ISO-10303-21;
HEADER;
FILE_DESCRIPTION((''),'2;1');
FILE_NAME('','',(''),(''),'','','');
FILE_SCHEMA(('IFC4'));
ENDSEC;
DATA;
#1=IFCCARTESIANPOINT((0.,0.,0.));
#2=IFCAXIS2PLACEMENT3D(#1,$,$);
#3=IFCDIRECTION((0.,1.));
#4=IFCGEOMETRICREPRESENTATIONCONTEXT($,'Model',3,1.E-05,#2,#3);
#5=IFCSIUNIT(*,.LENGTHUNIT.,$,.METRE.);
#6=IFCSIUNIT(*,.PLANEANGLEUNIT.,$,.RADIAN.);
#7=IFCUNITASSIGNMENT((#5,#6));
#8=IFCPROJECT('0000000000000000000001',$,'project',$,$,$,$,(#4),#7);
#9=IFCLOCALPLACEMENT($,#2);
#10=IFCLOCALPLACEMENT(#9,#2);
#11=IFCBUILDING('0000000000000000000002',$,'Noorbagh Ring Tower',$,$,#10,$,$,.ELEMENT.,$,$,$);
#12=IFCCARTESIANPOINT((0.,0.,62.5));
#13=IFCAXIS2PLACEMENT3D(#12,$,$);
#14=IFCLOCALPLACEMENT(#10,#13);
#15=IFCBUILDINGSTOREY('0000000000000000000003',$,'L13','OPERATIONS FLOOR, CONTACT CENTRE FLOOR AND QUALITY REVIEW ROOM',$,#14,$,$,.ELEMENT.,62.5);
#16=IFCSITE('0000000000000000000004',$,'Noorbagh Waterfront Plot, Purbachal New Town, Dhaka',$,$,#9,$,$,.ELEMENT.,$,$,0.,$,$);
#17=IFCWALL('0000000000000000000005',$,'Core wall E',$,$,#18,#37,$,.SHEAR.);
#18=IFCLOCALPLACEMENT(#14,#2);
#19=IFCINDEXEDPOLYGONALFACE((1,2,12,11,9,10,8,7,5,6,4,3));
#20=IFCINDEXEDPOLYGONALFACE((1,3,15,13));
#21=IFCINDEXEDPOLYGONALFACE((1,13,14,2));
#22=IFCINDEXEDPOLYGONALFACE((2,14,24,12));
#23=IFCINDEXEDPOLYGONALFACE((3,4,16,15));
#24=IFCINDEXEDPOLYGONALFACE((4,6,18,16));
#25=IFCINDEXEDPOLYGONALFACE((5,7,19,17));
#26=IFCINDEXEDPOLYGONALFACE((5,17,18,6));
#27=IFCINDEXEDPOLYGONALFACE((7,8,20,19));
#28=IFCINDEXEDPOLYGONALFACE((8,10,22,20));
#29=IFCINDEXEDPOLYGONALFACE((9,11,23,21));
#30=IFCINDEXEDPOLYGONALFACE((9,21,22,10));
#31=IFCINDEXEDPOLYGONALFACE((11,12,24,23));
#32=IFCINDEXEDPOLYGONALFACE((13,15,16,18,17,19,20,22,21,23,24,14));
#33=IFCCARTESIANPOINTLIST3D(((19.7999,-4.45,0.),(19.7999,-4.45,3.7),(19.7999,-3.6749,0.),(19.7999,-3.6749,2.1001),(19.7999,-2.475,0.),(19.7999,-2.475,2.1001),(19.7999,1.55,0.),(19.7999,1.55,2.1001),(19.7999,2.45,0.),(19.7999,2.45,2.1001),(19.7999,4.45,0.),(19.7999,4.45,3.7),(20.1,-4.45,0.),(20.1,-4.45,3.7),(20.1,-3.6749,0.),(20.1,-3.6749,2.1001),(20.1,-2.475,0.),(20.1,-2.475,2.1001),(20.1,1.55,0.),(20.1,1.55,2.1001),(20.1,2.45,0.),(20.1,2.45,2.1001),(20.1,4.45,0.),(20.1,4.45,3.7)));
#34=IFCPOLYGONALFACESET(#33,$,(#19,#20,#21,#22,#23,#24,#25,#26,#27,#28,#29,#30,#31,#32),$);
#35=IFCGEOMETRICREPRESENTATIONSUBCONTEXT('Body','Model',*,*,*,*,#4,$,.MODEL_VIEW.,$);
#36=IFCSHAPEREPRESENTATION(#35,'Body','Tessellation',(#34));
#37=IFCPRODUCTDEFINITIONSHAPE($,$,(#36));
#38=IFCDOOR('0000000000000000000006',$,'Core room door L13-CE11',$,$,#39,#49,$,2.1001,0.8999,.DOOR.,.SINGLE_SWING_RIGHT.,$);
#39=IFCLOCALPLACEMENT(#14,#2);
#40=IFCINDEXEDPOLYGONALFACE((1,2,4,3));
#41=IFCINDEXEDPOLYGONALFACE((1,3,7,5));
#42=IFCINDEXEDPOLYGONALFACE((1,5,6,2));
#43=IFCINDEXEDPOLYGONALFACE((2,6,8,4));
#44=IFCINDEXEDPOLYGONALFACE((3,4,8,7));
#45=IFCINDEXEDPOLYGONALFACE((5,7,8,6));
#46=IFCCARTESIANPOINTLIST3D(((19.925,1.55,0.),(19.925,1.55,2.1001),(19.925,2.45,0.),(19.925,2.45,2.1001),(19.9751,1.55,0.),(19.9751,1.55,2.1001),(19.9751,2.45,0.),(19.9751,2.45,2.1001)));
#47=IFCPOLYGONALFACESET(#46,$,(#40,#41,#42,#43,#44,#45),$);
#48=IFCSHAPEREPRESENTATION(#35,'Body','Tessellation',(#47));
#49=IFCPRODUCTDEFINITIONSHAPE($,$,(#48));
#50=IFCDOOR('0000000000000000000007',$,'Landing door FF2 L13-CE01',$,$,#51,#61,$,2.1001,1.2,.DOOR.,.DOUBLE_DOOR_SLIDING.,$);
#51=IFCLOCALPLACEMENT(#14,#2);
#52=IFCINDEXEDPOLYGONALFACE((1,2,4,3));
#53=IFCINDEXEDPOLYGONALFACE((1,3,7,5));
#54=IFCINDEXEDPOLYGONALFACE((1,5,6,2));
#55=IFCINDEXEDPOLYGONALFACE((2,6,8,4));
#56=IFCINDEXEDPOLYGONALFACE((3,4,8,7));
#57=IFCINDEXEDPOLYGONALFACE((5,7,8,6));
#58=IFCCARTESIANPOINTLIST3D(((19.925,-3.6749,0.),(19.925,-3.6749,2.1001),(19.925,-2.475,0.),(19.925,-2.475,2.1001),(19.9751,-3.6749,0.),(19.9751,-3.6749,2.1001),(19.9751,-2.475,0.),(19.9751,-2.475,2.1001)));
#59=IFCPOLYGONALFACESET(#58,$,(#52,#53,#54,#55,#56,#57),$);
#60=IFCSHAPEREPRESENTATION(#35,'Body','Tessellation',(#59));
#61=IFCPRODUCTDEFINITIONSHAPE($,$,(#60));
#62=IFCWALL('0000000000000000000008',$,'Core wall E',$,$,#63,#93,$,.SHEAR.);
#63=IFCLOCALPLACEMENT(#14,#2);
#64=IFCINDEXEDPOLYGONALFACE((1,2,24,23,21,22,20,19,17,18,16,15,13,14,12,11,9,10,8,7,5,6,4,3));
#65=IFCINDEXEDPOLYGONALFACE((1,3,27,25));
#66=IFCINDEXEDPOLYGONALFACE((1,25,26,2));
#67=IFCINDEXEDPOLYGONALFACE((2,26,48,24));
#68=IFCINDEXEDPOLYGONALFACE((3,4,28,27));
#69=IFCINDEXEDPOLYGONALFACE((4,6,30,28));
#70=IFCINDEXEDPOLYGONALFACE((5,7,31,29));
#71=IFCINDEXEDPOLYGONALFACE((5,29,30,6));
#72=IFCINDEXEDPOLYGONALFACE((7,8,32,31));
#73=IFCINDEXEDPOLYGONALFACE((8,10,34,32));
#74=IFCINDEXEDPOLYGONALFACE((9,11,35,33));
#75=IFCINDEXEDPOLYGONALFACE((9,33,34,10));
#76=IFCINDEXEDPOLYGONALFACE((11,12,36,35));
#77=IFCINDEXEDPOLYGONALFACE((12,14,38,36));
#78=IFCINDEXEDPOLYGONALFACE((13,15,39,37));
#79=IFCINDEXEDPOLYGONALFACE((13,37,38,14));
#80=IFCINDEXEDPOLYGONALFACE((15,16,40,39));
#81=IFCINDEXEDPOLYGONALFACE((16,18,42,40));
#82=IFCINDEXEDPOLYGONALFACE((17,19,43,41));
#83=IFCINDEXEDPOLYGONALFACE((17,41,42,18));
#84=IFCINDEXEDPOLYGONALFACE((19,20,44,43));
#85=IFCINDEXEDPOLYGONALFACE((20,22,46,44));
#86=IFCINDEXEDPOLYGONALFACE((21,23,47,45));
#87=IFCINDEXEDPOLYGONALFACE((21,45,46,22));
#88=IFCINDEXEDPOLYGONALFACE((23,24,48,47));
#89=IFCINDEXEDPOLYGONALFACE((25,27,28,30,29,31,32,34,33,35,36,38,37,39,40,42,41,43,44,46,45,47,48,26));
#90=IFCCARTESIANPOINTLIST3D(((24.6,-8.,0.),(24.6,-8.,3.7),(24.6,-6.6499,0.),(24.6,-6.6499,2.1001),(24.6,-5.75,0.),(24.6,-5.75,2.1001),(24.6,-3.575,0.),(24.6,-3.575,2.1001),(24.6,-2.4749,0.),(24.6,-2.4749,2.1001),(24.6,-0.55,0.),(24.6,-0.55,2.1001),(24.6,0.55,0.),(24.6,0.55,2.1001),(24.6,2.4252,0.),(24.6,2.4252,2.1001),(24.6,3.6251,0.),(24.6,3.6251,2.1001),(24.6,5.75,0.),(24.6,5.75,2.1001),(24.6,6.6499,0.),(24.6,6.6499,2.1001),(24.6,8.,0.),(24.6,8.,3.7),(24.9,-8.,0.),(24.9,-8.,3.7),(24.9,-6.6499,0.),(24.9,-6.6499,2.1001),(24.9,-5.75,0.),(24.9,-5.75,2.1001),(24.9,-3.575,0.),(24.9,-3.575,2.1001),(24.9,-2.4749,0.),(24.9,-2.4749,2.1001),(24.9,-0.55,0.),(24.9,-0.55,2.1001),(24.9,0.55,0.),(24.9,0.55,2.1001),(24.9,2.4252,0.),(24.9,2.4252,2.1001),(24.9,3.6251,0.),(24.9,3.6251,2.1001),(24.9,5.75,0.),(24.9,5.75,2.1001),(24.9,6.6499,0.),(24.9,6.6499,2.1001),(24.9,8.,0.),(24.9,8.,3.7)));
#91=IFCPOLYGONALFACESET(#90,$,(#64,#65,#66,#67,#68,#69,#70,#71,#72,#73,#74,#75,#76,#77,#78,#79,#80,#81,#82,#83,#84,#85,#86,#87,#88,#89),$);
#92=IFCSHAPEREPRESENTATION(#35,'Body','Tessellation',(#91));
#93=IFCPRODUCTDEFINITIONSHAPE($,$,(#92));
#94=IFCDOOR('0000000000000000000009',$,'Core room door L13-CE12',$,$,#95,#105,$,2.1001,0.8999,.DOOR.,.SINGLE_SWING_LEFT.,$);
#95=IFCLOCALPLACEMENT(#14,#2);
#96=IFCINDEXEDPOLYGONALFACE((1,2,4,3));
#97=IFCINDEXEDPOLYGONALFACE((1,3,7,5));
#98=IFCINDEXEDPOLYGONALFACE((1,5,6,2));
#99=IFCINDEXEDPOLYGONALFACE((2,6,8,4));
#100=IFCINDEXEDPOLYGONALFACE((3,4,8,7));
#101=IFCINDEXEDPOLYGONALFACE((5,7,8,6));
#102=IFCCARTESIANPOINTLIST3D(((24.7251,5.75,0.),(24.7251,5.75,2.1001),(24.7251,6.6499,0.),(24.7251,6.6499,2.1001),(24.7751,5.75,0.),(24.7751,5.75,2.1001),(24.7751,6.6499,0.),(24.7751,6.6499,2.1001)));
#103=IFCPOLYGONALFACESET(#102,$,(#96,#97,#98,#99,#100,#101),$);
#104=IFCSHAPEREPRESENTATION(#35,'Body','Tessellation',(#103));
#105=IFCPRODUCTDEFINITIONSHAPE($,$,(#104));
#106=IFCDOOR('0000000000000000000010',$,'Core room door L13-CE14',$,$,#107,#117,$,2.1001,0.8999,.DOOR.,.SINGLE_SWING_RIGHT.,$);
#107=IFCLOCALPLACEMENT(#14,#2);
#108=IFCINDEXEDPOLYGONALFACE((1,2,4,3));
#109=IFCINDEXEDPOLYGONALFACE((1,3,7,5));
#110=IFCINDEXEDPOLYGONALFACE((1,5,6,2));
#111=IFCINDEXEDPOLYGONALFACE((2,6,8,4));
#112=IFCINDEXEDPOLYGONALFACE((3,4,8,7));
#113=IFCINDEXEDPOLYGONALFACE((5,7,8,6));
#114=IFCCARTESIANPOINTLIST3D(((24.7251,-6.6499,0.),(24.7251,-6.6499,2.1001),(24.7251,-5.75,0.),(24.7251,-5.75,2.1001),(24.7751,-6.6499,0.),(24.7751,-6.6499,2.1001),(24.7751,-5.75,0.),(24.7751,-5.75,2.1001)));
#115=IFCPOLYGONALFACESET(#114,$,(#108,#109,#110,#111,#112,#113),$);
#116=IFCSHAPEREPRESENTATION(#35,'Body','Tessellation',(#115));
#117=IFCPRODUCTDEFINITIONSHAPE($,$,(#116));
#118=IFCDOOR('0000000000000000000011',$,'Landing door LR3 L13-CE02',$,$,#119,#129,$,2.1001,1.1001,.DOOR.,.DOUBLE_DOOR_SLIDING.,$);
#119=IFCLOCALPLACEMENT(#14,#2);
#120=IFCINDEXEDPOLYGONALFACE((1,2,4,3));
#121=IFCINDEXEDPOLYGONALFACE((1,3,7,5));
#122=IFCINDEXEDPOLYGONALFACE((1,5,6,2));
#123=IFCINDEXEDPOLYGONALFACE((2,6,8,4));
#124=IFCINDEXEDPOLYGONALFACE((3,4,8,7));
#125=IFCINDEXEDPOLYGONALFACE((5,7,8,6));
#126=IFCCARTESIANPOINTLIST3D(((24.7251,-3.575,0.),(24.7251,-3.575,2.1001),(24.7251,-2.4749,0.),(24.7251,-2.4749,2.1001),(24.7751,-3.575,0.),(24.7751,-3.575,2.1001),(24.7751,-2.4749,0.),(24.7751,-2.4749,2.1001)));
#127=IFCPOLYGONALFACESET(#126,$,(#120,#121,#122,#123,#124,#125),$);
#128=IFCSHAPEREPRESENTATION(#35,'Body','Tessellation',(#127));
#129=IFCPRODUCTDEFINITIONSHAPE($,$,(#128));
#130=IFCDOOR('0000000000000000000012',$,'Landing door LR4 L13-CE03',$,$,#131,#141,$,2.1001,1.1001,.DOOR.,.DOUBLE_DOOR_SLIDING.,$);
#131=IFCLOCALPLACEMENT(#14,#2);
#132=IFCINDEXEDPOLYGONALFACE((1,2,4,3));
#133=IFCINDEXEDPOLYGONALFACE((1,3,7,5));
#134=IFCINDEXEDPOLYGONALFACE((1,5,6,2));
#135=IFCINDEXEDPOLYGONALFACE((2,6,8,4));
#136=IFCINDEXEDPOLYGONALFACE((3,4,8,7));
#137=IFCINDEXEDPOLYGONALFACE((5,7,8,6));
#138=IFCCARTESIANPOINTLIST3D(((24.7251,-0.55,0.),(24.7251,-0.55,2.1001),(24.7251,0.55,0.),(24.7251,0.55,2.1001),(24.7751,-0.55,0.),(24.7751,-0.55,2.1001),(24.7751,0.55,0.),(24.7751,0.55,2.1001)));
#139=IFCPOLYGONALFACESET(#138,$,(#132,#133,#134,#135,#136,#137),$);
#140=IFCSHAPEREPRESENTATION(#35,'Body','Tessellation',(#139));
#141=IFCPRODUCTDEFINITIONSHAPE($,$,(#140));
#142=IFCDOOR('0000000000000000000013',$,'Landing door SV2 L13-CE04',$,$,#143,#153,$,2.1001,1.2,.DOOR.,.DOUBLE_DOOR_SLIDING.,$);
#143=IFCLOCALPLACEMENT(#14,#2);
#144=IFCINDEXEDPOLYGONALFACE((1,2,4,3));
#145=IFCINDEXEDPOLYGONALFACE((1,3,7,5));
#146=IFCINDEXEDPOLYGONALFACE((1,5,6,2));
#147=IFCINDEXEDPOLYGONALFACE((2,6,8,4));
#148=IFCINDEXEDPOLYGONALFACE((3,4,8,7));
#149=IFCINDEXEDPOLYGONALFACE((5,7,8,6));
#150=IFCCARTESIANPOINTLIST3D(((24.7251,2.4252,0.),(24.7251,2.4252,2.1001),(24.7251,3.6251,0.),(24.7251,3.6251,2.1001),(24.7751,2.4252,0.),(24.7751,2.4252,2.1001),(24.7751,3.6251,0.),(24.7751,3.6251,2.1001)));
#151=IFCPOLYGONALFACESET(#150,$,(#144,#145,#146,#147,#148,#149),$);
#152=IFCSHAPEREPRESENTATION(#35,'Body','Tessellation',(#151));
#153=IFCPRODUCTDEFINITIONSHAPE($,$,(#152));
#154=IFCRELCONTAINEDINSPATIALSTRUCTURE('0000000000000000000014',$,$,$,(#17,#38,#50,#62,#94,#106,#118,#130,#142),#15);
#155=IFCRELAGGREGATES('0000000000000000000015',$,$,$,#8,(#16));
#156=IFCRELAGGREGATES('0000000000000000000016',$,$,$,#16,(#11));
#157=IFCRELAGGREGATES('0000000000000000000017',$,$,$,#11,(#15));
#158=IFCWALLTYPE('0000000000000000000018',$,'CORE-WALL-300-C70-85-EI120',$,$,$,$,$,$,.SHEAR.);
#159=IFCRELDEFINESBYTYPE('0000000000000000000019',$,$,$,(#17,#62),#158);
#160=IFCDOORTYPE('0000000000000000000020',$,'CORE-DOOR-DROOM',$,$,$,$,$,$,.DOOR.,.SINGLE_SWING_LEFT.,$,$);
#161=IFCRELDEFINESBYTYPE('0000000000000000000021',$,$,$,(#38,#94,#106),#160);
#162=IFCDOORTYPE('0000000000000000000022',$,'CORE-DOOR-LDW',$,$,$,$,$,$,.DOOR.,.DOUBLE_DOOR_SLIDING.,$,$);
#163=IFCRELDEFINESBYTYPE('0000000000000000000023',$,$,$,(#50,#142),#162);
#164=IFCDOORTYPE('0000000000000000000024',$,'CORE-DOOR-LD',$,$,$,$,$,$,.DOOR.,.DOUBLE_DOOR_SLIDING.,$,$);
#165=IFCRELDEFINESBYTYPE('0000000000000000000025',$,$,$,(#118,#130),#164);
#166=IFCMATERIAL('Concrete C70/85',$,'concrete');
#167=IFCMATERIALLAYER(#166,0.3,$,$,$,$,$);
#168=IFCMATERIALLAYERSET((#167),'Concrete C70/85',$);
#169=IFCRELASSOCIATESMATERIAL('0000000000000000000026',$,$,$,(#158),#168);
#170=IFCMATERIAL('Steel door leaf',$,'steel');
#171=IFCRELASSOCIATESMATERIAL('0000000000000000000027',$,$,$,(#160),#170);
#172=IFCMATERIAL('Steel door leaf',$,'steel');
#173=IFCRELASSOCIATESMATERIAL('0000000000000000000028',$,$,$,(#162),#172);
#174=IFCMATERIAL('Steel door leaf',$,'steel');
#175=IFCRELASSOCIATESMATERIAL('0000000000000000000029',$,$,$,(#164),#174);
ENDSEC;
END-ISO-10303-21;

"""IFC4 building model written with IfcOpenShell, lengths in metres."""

from ifc_helpers import new_model, si_unit, direction, frame, frame_2d, origin, place, context, subcontext, project, spatial, rectangle, extrude, material, layer, layer_set, type_object, element, fill, save


model = new_model("IFC4")

# Units and contexts
model_context = context("Model", 3, precision=1e-05, world=origin(), true_north=direction((0.0, 1.0)))
body_context = subcontext(model_context, "Body", "Model", "MODEL_VIEW")
ifc_project = project(units=[si_unit("LENGTHUNIT", "METRE"), si_unit("PLANEANGLEUNIT", "RADIAN")], contexts=[model_context])

# Site, building, storey
site_placement = place(None, origin())
site = spatial("IfcSite", under=ifc_project, at=site_placement, Name="Noorbagh Waterfront Plot, Purbachal New Town, Dhaka", CompositionType="ELEMENT", RefElevation=0.0)
building_placement = place(site_placement, origin())
building = spatial("IfcBuilding", under=site, at=building_placement, Name="Noorbagh Ring Tower", CompositionType="ELEMENT")
storey_placement = place(building_placement, frame((0.0, 0.0, 62.5)))
storey = spatial("IfcBuildingStorey", under=building, at=storey_placement, Name="L13", Description="OPERATIONS FLOOR, CONTACT CENTRE FLOOR AND QUALITY REVIEW ROOM", CompositionType="ELEMENT", Elevation=62.5)

# Shared definitions
ifc_material_1 = material(Name="Concrete C70/85", Category="concrete")
ifc_layer_1 = layer(ifc_material_1, 0.3)
ifc_layer_set_1 = layer_set([ifc_layer_1], Name="Concrete C70/85")
wall_type_1 = type_object("IfcWallType", Name="CORE-WALL-300-C70-85-EI120", PredefinedType="SHEAR", material=ifc_layer_set_1)

# Walls, openings, doors
wall_1_placement = place(storey_placement, frame((19.95, -4.45, 0.0), z_axis=(0.0, 0.0, 1.0), x_axis=(0.0, 1.0, 0.0)))
wall_1 = element("IfcWall", 1, at=wall_1_placement, inside=storey, type_object=wall_type_1, Name="Core wall E", PredefinedType="SHEAR", context=body_context, shape_type="SweptSolid", body=[
    extrude(rectangle(XDim=8.8999, YDim=0.3, at=frame_2d((4.45, 0.0))), origin(), (0.0, 0.0, 1.0), 3.7),
])
opening_1_placement = place(wall_1_placement, frame((0.7749, 0.0, 0.0)))
opening_1 = element("IfcOpeningElement", 2, at=opening_1_placement, cuts=wall_1, PredefinedType="OPENING", context=body_context, shape_type="SweptSolid", body=[
    extrude(rectangle(XDim=1.2, YDim=2.1001, at=frame_2d((0.6001, 1.05))), frame((0.0, 0.1602, 0.0), z_axis=(0.0, -1.0, 0.0), x_axis=(1.0, 0.0, 0.0)), (0.0, 0.0, 1.0), 0.3201),
])
opening_2_placement = place(wall_1_placement, frame((6.0, 0.0, 0.0)))
opening_2 = element("IfcOpeningElement", 3, at=opening_2_placement, cuts=wall_1, PredefinedType="OPENING", context=body_context, shape_type="SweptSolid", body=[
    extrude(rectangle(XDim=0.8999, YDim=2.1001, at=frame_2d((0.45, 1.05))), frame((0.0, 0.1602, 0.0), z_axis=(0.0, -1.0, 0.0), x_axis=(1.0, 0.0, 0.0)), (0.0, 0.0, 1.0), 0.3201),
])
ifc_material_2 = material(Name="Steel door leaf", Category="steel")
door_type_1 = type_object("IfcDoorType", Name="CORE-DOOR-DROOM", OperationType="SINGLE_SWING_LEFT", PredefinedType="DOOR", material=ifc_material_2)
door_1_placement = place(opening_2_placement, origin())
door_1 = element("IfcDoor", 4, at=door_1_placement, inside=storey, type_object=door_type_1, Name="Core room door L13-CE11", OperationType="SINGLE_SWING_RIGHT", OverallHeight=2.1001, OverallWidth=0.8999, PredefinedType="DOOR", context=body_context, shape_type="SweptSolid", body=[
    extrude(rectangle(XDim=0.8999, YDim=2.1001, at=frame_2d((0.45, 1.05))), frame((0.0, 0.0249, 0.0), z_axis=(0.0, -1.0, 0.0), x_axis=(1.0, 0.0, 0.0)), (0.0, 0.0, 1.0), 0.05),
])
fill(opening_2, door_1)
ifc_material_3 = material(Name="Steel door leaf", Category="steel")
door_type_2 = type_object("IfcDoorType", Name="CORE-DOOR-LDW", OperationType="DOUBLE_DOOR_SLIDING", PredefinedType="DOOR", material=ifc_material_3)
door_2_placement = place(opening_1_placement, origin())
door_2 = element("IfcDoor", 5, at=door_2_placement, inside=storey, type_object=door_type_2, Name="Landing door FF2 L13-CE01", OperationType="DOUBLE_DOOR_SLIDING", OverallHeight=2.1001, OverallWidth=1.2, PredefinedType="DOOR", context=body_context, shape_type="SweptSolid", body=[
    extrude(rectangle(XDim=1.2, YDim=2.1001, at=frame_2d((0.6001, 1.05))), frame((0.0, 0.0249, 0.0), z_axis=(0.0, -1.0, 0.0), x_axis=(1.0, 0.0, 0.0)), (0.0, 0.0, 1.0), 0.05),
])
fill(opening_1, door_2)
wall_2_placement = place(storey_placement, frame((24.75, -8.0, 0.0), z_axis=(0.0, 0.0, 1.0), x_axis=(0.0, 1.0, 0.0)))
wall_2 = element("IfcWall", 6, at=wall_2_placement, inside=storey, type_object=wall_type_1, Name="Core wall E", PredefinedType="SHEAR", context=body_context, shape_type="SweptSolid", body=[
    extrude(rectangle(XDim=16.0, YDim=0.3, at=frame_2d((8.0, 0.0))), origin(), (0.0, 0.0, 1.0), 3.7),
])
opening_3_placement = place(wall_2_placement, frame((4.425, 0.0, 0.0)))
opening_3 = element("IfcOpeningElement", 7, at=opening_3_placement, cuts=wall_2, PredefinedType="OPENING", context=body_context, shape_type="SweptSolid", body=[
    extrude(rectangle(XDim=1.1001, YDim=2.1001, at=frame_2d((0.55, 1.05))), frame((0.0, 0.1602, 0.0), z_axis=(0.0, -1.0, 0.0), x_axis=(1.0, 0.0, 0.0)), (0.0, 0.0, 1.0), 0.3201),
])
opening_4_placement = place(wall_2_placement, frame((7.45, 0.0, 0.0)))
opening_4 = element("IfcOpeningElement", 8, at=opening_4_placement, cuts=wall_2, PredefinedType="OPENING", context=body_context, shape_type="SweptSolid", body=[
    extrude(rectangle(XDim=1.1001, YDim=2.1001, at=frame_2d((0.55, 1.05))), frame((0.0, 0.1602, 0.0), z_axis=(0.0, -1.0, 0.0), x_axis=(1.0, 0.0, 0.0)), (0.0, 0.0, 1.0), 0.3201),
])
opening_5_placement = place(wall_2_placement, frame((10.425, 0.0, 0.0)))
opening_5 = element("IfcOpeningElement", 9, at=opening_5_placement, cuts=wall_2, PredefinedType="OPENING", context=body_context, shape_type="SweptSolid", body=[
    extrude(rectangle(XDim=1.2, YDim=2.1001, at=frame_2d((0.6001, 1.05))), frame((0.0, 0.1602, 0.0), z_axis=(0.0, -1.0, 0.0), x_axis=(1.0, 0.0, 0.0)), (0.0, 0.0, 1.0), 0.3201),
])
opening_6_placement = place(wall_2_placement, frame((13.75, 0.0, 0.0)))
opening_6 = element("IfcOpeningElement", 10, at=opening_6_placement, cuts=wall_2, PredefinedType="OPENING", context=body_context, shape_type="SweptSolid", body=[
    extrude(rectangle(XDim=0.8999, YDim=2.1001, at=frame_2d((0.45, 1.05))), frame((0.0, 0.1602, 0.0), z_axis=(0.0, -1.0, 0.0), x_axis=(1.0, 0.0, 0.0)), (0.0, 0.0, 1.0), 0.3201),
])
opening_7_placement = place(wall_2_placement, frame((1.3501, 0.0, 0.0)))
opening_7 = element("IfcOpeningElement", 11, at=opening_7_placement, cuts=wall_2, PredefinedType="OPENING", context=body_context, shape_type="SweptSolid", body=[
    extrude(rectangle(XDim=0.8999, YDim=2.1001, at=frame_2d((0.45, 1.05))), frame((0.0, 0.1602, 0.0), z_axis=(0.0, -1.0, 0.0), x_axis=(1.0, 0.0, 0.0)), (0.0, 0.0, 1.0), 0.3201),
])
door_3_placement = place(opening_6_placement, origin())
door_3 = element("IfcDoor", 12, at=door_3_placement, inside=storey, type_object=door_type_1, Name="Core room door L13-CE12", OperationType="SINGLE_SWING_LEFT", OverallHeight=2.1001, OverallWidth=0.8999, PredefinedType="DOOR", context=body_context, shape_type="SweptSolid", body=[
    extrude(rectangle(XDim=0.8999, YDim=2.1001, at=frame_2d((0.45, 1.05))), frame((0.0, 0.0249, 0.0), z_axis=(0.0, -1.0, 0.0), x_axis=(1.0, 0.0, 0.0)), (0.0, 0.0, 1.0), 0.05),
])
fill(opening_6, door_3)
door_4_placement = place(opening_7_placement, origin())
door_4 = element("IfcDoor", 13, at=door_4_placement, inside=storey, type_object=door_type_1, Name="Core room door L13-CE14", OperationType="SINGLE_SWING_RIGHT", OverallHeight=2.1001, OverallWidth=0.8999, PredefinedType="DOOR", context=body_context, shape_type="SweptSolid", body=[
    extrude(rectangle(XDim=0.8999, YDim=2.1001, at=frame_2d((0.45, 1.05))), frame((0.0, 0.0249, 0.0), z_axis=(0.0, -1.0, 0.0), x_axis=(1.0, 0.0, 0.0)), (0.0, 0.0, 1.0), 0.05),
])
fill(opening_7, door_4)
ifc_material_4 = material(Name="Steel door leaf", Category="steel")
door_type_3 = type_object("IfcDoorType", Name="CORE-DOOR-LD", OperationType="DOUBLE_DOOR_SLIDING", PredefinedType="DOOR", material=ifc_material_4)
door_5_placement = place(opening_3_placement, origin())
door_5 = element("IfcDoor", 14, at=door_5_placement, inside=storey, type_object=door_type_3, Name="Landing door LR3 L13-CE02", OperationType="DOUBLE_DOOR_SLIDING", OverallHeight=2.1001, OverallWidth=1.1001, PredefinedType="DOOR", context=body_context, shape_type="SweptSolid", body=[
    extrude(rectangle(XDim=1.1001, YDim=2.1001, at=frame_2d((0.55, 1.05))), frame((0.0, 0.0249, 0.0), z_axis=(0.0, -1.0, 0.0), x_axis=(1.0, 0.0, 0.0)), (0.0, 0.0, 1.0), 0.05),
])
fill(opening_3, door_5)
door_6_placement = place(opening_4_placement, origin())
door_6 = element("IfcDoor", 15, at=door_6_placement, inside=storey, type_object=door_type_3, Name="Landing door LR4 L13-CE03", OperationType="DOUBLE_DOOR_SLIDING", OverallHeight=2.1001, OverallWidth=1.1001, PredefinedType="DOOR", context=body_context, shape_type="SweptSolid", body=[
    extrude(rectangle(XDim=1.1001, YDim=2.1001, at=frame_2d((0.55, 1.05))), frame((0.0, 0.0249, 0.0), z_axis=(0.0, -1.0, 0.0), x_axis=(1.0, 0.0, 0.0)), (0.0, 0.0, 1.0), 0.05),
])
fill(opening_4, door_6)
door_7_placement = place(opening_5_placement, origin())
door_7 = element("IfcDoor", 16, at=door_7_placement, inside=storey, type_object=door_type_2, Name="Landing door SV2 L13-CE04", OperationType="DOUBLE_DOOR_SLIDING", OverallHeight=2.1001, OverallWidth=1.2, PredefinedType="DOOR", context=body_context, shape_type="SweptSolid", body=[
    extrude(rectangle(XDim=1.2, YDim=2.1001, at=frame_2d((0.6001, 1.05))), frame((0.0, 0.0249, 0.0), z_axis=(0.0, -1.0, 0.0), x_axis=(1.0, 0.0, 0.0)), (0.0, 0.0, 1.0), 0.05),
])
fill(opening_5, door_7)

save(model, "model.ifc")
